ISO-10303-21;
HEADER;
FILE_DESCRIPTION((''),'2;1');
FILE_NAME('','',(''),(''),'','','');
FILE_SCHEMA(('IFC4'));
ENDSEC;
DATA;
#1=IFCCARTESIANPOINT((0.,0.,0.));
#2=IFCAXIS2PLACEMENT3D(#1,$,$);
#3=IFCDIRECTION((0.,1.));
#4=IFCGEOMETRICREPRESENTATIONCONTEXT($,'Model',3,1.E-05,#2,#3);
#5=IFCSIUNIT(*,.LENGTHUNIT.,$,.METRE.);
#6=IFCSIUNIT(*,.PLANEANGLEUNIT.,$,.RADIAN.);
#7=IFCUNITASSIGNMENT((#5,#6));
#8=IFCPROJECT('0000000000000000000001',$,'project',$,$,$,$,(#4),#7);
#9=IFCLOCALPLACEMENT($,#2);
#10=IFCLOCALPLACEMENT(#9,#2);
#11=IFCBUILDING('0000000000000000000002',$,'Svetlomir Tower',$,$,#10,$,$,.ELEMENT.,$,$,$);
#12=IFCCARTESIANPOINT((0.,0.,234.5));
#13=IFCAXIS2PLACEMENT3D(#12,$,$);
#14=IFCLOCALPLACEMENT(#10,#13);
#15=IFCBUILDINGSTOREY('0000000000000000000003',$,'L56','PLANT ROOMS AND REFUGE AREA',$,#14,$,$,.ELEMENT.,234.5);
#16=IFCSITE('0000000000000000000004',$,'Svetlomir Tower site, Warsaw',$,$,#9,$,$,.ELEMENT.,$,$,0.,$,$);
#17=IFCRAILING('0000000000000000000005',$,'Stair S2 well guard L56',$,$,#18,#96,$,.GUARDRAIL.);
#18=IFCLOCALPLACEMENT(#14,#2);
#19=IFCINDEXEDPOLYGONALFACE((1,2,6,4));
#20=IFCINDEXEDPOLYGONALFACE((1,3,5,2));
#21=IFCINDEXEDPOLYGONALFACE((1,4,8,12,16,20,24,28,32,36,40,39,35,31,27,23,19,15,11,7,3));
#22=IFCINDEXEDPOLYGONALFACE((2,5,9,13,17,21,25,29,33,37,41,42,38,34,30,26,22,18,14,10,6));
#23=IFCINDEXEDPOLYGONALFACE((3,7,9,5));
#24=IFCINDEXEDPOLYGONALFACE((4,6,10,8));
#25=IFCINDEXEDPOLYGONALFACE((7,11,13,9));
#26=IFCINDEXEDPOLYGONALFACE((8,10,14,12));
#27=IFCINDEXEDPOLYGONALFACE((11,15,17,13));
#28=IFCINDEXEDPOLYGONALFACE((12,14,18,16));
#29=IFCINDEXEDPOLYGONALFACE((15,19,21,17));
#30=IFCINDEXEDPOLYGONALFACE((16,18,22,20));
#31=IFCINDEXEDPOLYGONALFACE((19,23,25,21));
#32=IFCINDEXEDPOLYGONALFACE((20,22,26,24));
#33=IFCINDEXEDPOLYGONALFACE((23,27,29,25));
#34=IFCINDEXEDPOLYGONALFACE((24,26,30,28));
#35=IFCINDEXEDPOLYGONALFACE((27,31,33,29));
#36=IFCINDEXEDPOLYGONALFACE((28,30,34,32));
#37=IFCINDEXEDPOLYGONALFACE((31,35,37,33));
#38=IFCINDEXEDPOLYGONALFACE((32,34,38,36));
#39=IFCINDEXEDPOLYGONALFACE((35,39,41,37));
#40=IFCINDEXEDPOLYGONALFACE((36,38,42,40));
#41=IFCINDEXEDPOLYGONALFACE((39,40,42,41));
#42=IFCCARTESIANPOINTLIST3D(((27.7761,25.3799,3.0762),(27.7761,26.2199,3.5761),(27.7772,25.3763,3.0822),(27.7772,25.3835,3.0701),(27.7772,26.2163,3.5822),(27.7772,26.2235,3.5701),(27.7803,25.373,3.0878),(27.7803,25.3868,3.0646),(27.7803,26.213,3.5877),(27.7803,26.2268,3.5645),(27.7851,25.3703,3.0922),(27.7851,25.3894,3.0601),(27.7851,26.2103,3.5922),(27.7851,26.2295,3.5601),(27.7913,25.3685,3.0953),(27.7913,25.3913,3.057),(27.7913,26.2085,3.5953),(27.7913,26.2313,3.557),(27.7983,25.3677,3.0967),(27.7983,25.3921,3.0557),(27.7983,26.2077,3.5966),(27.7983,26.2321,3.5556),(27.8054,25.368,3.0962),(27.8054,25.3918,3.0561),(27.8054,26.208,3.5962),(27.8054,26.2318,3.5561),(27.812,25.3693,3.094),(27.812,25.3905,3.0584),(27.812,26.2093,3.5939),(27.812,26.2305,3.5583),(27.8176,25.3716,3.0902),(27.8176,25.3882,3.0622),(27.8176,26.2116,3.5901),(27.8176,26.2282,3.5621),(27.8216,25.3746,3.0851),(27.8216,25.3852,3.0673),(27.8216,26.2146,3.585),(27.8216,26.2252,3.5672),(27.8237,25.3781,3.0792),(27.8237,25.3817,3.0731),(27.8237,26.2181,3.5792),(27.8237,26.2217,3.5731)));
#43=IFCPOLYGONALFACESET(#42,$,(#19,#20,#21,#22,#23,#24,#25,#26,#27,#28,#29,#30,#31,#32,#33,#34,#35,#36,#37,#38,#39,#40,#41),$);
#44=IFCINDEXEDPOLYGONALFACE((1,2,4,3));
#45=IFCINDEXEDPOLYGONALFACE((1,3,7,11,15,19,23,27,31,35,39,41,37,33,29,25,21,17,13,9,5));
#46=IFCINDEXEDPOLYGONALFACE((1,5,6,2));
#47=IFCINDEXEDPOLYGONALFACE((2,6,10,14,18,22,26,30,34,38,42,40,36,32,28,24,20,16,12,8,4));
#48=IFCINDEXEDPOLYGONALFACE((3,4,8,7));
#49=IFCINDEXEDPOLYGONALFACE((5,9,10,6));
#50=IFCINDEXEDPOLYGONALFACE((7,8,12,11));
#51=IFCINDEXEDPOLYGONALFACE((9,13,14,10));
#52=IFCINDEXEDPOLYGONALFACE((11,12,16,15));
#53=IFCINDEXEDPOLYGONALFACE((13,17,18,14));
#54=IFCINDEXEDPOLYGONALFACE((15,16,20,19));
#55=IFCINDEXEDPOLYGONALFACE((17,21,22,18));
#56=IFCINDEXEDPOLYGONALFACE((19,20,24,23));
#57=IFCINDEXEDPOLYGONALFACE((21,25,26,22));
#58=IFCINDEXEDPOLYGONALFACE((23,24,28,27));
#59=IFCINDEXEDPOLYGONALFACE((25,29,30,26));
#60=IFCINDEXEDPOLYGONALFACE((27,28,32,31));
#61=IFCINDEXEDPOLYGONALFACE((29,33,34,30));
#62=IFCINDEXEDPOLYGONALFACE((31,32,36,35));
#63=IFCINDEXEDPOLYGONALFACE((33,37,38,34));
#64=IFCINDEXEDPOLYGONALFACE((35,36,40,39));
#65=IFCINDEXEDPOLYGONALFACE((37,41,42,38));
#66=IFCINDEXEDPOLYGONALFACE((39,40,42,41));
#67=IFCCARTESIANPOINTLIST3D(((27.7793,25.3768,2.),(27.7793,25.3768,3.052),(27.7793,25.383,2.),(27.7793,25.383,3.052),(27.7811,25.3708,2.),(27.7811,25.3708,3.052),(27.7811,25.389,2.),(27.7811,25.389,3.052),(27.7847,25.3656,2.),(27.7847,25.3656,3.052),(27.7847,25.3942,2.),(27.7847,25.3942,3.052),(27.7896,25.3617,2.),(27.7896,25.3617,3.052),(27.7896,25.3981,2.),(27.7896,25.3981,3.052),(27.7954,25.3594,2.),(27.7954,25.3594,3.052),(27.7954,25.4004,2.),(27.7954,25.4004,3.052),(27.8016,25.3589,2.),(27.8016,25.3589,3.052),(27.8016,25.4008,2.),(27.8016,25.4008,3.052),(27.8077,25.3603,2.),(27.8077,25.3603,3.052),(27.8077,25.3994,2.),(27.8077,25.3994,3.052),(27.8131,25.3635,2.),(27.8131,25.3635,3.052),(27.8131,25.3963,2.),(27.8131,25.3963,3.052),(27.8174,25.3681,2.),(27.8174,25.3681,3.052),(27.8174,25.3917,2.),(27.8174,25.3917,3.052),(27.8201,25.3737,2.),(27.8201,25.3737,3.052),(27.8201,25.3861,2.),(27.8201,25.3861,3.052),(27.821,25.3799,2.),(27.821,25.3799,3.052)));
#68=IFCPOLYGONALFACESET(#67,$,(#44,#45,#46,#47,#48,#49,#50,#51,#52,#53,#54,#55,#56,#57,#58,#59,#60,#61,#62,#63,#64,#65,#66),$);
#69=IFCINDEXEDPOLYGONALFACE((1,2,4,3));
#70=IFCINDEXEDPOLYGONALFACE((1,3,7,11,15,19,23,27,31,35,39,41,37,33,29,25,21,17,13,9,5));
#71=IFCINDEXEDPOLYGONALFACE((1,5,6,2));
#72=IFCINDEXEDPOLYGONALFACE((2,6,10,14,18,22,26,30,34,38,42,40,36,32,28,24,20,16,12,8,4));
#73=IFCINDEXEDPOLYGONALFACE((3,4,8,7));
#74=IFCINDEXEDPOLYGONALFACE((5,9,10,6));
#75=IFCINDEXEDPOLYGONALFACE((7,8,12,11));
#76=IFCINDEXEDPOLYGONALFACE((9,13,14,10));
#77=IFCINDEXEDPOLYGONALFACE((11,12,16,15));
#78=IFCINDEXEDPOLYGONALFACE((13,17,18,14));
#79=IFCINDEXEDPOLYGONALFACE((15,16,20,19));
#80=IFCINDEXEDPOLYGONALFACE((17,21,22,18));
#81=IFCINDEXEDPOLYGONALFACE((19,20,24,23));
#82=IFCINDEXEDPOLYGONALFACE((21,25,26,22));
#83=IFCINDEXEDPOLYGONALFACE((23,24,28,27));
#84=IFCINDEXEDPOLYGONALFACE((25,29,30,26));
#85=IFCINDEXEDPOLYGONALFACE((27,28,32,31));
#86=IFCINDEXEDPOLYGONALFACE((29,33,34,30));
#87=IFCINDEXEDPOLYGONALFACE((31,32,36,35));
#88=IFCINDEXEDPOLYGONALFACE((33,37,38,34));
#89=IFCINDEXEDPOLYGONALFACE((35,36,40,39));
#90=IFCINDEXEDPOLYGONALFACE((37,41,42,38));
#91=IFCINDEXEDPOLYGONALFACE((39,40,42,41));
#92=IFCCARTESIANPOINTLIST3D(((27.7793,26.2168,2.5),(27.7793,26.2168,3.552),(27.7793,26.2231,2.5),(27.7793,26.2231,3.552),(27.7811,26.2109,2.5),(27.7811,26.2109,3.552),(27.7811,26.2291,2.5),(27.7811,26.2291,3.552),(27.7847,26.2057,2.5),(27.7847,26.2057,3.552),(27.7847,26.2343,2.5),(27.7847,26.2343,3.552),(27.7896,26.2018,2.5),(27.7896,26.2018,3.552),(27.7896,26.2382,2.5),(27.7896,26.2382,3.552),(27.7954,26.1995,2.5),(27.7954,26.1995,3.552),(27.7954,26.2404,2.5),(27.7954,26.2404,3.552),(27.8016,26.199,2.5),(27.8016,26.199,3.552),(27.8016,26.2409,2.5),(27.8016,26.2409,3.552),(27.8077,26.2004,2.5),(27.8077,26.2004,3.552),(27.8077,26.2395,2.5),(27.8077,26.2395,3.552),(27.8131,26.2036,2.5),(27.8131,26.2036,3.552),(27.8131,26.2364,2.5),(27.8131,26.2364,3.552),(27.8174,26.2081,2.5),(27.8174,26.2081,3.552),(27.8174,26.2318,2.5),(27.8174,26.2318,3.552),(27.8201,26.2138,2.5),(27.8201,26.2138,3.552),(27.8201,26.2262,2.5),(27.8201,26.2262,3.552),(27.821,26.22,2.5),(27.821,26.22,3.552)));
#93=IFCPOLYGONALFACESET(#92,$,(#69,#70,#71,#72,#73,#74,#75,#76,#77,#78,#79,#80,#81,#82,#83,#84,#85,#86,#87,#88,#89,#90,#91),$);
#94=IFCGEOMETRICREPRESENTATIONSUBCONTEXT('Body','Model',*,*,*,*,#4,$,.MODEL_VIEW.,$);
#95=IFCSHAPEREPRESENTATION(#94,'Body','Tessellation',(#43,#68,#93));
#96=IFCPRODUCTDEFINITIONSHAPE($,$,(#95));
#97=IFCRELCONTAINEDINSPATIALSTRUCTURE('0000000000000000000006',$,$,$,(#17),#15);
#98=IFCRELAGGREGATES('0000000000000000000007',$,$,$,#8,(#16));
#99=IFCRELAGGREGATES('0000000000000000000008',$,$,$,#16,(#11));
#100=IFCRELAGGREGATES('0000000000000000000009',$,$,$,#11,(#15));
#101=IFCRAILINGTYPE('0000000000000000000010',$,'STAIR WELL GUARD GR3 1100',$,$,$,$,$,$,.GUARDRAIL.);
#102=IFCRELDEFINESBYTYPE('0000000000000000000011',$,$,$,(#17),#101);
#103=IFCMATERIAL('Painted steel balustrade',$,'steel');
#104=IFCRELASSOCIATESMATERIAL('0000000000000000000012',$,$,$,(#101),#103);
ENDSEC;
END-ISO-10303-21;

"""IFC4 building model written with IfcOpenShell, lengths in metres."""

from ifc_helpers import new_model, si_unit, direction, frame, origin, origin_2d, place, context, subcontext, project, spatial, circle, extrude, material, type_object, element, save


model = new_model("IFC4")

# Units and contexts
model_context = context("Model", 3, precision=1e-05, world=origin(), true_north=direction((0.0, 1.0)))
body_context = subcontext(model_context, "Body", "Model", "MODEL_VIEW")
ifc_project = project(units=[si_unit("LENGTHUNIT", "METRE"), si_unit("PLANEANGLEUNIT", "RADIAN")], contexts=[model_context])

# Site, building, storey
site_placement = place(None, origin())
site = spatial("IfcSite", under=ifc_project, at=site_placement, Name="Svetlomir Tower site, Warsaw", CompositionType="ELEMENT", RefElevation=0.0)
building_placement = place(site_placement, origin())
building = spatial("IfcBuilding", under=site, at=building_placement, Name="Svetlomir Tower", CompositionType="ELEMENT")
storey_placement = place(building_placement, frame((0.0, 0.0, 234.5)))
storey = spatial("IfcBuildingStorey", under=building, at=storey_placement, Name="L56", Description="PLANT ROOMS AND REFUGE AREA", CompositionType="ELEMENT", Elevation=234.5)

# Railing
ifc_material_1 = material(Name="Painted steel balustrade", Category="steel")
railing_type_1 = type_object("IfcRailingType", Name="STAIR WELL GUARD GR3 1100", PredefinedType="GUARDRAIL", material=ifc_material_1)
railing_1_placement = place(storey_placement, frame((27.8, 25.3799, 2.0)))
element("IfcRailing", 1, at=railing_1_placement, inside=storey, type_object=railing_type_1, Name="Stair S2 well guard L56", PredefinedType="GUARDRAIL", context=body_context, shape_type="SweptSolid", body=[
    extrude(circle(Radius=0.0239, at=origin_2d()), frame((0.0, 0.0, 1.0762), z_axis=(0.0, 0.859316, 0.511444), x_axis=(-1.0, 0.0, 0.0)), (0.0, 0.0, 1.0), 0.9775),
    extrude(circle(Radius=0.021, at=origin_2d()), origin(), (0.0, 0.0, 1.0), 1.052),
    extrude(circle(Radius=0.021, at=origin_2d()), frame((0.0, 0.8401, 0.5)), (0.0, 0.0, 1.0), 1.052),
])

save(model, "model.ifc")
